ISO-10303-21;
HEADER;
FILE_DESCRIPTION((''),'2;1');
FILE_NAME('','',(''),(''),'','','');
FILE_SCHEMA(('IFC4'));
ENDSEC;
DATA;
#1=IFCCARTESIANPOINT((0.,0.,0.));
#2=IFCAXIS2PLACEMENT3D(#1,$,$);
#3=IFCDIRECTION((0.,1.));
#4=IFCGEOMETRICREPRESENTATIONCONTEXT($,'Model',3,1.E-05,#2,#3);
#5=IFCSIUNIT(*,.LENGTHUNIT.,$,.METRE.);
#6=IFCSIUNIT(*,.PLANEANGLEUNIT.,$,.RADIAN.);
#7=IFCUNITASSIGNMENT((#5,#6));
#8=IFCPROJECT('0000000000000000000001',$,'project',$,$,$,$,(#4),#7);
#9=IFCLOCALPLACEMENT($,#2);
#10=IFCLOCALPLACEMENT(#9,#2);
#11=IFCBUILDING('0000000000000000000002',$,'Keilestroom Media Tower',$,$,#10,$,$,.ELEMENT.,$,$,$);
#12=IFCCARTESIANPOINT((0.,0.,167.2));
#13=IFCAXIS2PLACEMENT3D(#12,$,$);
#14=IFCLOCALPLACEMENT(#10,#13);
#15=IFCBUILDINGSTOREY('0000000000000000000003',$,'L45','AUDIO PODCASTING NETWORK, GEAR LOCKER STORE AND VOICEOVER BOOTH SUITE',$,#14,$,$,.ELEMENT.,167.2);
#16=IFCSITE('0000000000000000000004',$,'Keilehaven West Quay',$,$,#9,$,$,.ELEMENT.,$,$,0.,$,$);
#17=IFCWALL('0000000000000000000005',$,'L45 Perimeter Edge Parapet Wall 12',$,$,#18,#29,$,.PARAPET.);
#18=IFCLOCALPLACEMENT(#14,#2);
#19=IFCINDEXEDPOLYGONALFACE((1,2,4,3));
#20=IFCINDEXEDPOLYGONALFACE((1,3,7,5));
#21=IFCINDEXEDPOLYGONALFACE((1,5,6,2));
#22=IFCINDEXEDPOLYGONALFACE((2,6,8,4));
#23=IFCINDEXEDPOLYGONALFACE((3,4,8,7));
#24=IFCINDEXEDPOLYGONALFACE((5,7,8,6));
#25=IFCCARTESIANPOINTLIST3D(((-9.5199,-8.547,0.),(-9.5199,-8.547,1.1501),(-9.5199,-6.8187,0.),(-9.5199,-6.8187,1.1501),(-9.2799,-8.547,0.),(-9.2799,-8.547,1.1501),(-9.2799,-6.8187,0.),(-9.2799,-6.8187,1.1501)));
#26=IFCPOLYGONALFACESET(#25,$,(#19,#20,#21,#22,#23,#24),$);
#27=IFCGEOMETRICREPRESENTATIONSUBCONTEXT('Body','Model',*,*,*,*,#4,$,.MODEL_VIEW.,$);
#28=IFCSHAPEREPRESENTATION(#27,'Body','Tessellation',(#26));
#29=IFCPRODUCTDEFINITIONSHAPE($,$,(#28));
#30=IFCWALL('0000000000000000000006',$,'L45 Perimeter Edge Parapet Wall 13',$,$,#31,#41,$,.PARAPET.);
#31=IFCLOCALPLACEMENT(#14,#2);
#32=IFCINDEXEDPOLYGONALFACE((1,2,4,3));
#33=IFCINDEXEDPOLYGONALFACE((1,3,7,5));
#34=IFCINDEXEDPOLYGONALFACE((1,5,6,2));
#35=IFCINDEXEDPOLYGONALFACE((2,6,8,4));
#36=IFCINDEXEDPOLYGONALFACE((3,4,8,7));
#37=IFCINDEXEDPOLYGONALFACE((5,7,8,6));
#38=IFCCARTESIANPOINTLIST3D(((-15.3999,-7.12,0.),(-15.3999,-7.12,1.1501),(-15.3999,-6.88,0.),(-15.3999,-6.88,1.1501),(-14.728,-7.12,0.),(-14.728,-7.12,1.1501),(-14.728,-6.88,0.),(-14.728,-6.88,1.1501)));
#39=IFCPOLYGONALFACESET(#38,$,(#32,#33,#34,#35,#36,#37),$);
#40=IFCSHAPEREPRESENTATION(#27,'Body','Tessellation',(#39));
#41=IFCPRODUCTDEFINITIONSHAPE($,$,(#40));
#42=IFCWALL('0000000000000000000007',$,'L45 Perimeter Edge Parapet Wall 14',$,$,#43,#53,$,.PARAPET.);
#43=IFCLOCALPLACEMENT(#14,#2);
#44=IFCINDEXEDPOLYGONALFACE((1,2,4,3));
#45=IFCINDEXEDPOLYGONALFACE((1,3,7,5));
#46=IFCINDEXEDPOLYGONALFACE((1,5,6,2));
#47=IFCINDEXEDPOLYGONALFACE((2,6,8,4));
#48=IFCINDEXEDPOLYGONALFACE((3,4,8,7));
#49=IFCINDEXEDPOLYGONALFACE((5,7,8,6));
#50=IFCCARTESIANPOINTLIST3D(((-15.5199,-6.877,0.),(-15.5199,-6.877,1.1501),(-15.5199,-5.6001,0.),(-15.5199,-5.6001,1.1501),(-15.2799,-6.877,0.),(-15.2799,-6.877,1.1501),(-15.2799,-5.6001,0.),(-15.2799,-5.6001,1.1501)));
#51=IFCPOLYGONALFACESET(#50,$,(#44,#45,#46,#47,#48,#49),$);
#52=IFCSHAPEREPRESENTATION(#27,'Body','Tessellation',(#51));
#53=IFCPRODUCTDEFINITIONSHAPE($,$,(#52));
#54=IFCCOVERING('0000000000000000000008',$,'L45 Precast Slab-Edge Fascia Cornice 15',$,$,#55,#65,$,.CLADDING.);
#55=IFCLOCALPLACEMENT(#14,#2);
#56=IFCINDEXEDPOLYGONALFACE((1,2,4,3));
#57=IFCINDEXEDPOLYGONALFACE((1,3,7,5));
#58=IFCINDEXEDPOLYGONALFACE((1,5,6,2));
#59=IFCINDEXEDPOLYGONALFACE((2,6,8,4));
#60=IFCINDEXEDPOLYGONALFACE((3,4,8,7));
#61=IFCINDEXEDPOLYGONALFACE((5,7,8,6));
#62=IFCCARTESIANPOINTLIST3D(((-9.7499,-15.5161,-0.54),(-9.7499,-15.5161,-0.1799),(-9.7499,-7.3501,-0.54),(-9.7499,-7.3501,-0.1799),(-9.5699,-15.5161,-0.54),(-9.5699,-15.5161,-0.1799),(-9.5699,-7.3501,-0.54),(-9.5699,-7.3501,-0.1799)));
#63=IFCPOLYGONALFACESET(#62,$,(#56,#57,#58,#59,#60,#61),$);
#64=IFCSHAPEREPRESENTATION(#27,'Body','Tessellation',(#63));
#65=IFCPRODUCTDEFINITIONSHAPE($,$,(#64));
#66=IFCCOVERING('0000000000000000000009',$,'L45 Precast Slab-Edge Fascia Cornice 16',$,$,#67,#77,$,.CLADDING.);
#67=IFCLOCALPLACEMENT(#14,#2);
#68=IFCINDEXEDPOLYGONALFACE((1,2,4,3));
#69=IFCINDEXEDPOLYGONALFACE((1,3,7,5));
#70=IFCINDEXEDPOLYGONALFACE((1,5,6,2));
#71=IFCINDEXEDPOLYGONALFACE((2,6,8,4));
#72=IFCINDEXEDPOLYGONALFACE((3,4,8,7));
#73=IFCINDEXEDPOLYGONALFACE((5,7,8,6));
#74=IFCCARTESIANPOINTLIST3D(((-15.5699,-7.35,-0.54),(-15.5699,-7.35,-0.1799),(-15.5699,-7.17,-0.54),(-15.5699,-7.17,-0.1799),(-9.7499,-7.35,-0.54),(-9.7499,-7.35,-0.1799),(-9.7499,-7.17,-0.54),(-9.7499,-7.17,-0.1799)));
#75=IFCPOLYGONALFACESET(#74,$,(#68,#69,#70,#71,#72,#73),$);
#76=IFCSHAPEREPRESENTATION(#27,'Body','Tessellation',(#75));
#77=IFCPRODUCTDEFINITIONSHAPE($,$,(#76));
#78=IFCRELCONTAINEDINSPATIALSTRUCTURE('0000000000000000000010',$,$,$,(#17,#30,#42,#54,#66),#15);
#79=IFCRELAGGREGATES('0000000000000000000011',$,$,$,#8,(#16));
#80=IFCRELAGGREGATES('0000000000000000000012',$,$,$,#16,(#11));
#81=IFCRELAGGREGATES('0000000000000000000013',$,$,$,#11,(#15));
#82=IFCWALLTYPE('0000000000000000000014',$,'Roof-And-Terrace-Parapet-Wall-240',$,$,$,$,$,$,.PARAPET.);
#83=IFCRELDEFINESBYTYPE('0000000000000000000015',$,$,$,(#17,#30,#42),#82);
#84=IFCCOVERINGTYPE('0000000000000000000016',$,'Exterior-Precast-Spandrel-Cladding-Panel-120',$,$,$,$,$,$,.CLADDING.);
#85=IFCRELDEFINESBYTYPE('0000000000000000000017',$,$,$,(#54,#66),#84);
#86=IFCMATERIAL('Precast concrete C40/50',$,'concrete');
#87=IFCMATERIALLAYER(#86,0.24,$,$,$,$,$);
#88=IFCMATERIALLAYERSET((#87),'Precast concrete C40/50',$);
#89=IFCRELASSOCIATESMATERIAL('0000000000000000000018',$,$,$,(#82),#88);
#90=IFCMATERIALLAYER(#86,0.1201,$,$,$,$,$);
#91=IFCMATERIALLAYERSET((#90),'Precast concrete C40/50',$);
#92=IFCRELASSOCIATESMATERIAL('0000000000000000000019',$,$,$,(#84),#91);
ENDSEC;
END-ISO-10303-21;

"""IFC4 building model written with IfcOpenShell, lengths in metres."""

from ifc_helpers import new_model, si_unit, direction, frame, frame_2d, origin, origin_2d, place, context, subcontext, project, spatial, rectangle, extrude, source, transform, mapped, material, layer, layer_set, type_object, element, save


model = new_model("IFC4")

# Units and contexts
model_context = context("Model", 3, precision=1e-05, world=origin(), true_north=direction((0.0, 1.0)))
body_context = subcontext(model_context, "Body", "Model", "MODEL_VIEW")
ifc_project = project(units=[si_unit("LENGTHUNIT", "METRE"), si_unit("PLANEANGLEUNIT", "RADIAN")], contexts=[model_context])

# Site, building, storey
site_placement = place(None, origin())
site = spatial("IfcSite", under=ifc_project, at=site_placement, Name="Keilehaven West Quay", CompositionType="ELEMENT", RefElevation=0.0)
building_placement = place(site_placement, origin())
building = spatial("IfcBuilding", under=site, at=building_placement, Name="Keilestroom Media Tower", CompositionType="ELEMENT")
storey_placement = place(building_placement, frame((0.0, 0.0, 167.2)))
storey = spatial("IfcBuildingStorey", under=building, at=storey_placement, Name="L45", Description="AUDIO PODCASTING NETWORK, GEAR LOCKER STORE AND VOICEOVER BOOTH SUITE", CompositionType="ELEMENT", Elevation=167.2)

# Shared definitions
ifc_material_1 = material(Name="Precast concrete C40/50", Category="concrete")

# Walls
ifc_layer_1 = layer(ifc_material_1, 0.24)
ifc_layer_set_1 = layer_set([ifc_layer_1], Name="Precast concrete C40/50")
wall_type_1 = type_object("IfcWallType", Name="Roof-And-Terrace-Parapet-Wall-240", PredefinedType="PARAPET", material=ifc_layer_set_1)
wall_1_placement = place(storey_placement, frame((-9.3999, -8.5471, 0.0), z_axis=(0.0, 0.0, 1.0), x_axis=(0.0, 1.0, 0.0)))
element("IfcWall", 1, at=wall_1_placement, inside=storey, type_object=wall_type_1, Name="L45 Perimeter Edge Parapet Wall 12", PredefinedType="PARAPET", context=body_context, shape_type="SweptSolid", body=[
    extrude(rectangle(XDim=1.7283, YDim=0.24, at=frame_2d((0.8643, 0.0))), origin(), (0.0, 0.0, 1.0), 1.1501),
])
wall_2_placement = place(storey_placement, frame((-14.728, -7.0, 0.0), z_axis=(0.0, 0.0, 1.0), x_axis=(-1.0, 0.0, 0.0)))
element("IfcWall", 2, at=wall_2_placement, inside=storey, type_object=wall_type_1, Name="L45 Perimeter Edge Parapet Wall 13", PredefinedType="PARAPET", context=body_context, shape_type="SweptSolid", body=[
    extrude(rectangle(XDim=0.6719, YDim=0.24, at=frame_2d((0.3359, 0.0))), origin(), (0.0, 0.0, 1.0), 1.1501),
])
wall_3_placement = place(storey_placement, frame((-15.3999, -6.877, 0.0), z_axis=(0.0, 0.0, 1.0), x_axis=(0.0, 1.0, 0.0)))
element("IfcWall", 3, at=wall_3_placement, inside=storey, type_object=wall_type_1, Name="L45 Perimeter Edge Parapet Wall 14", PredefinedType="PARAPET", context=body_context, shape_type="SweptSolid", body=[
    extrude(rectangle(XDim=1.2769, YDim=0.24, at=frame_2d((0.6384, 0.0))), origin(), (0.0, 0.0, 1.0), 1.1501),
])

# Coverings
ifc_layer_2 = layer(ifc_material_1, 0.1201)
ifc_layer_set_2 = layer_set([ifc_layer_2], Name="Precast concrete C40/50")
covering_type = type_object("IfcCoveringType", Name="Exterior-Precast-Spandrel-Cladding-Panel-120", PredefinedType="CLADDING", material=ifc_layer_set_2)
shared_shape_1 = source(origin(), body_context, "Body", "SweptSolid", [
    extrude(rectangle(XDim=8.166, YDim=0.1799, at=origin_2d()), origin(), (0.0, 0.0, 1.0), 0.3601),
])
covering_1_placement = place(storey_placement, frame((-9.6599, -11.4331, -0.54), z_axis=(0.0, 0.0, 1.0), x_axis=(0.0, 1.0, 0.0)))
element("IfcCovering", 4, at=covering_1_placement, inside=storey, type_object=covering_type, Name="L45 Precast Slab-Edge Fascia Cornice 15", PredefinedType="CLADDING", context=body_context, shape_type="MappedRepresentation", body=[
    mapped(shared_shape_1, transform((0.0, 0.0, 0.0), x_axis=(1.0, 0.0, 0.0), y_axis=(0.0, 1.0, 0.0), z_axis=(0.0, 0.0, 1.0), scale=1.0)),
])
shared_shape_2 = source(origin(), body_context, "Body", "SweptSolid", [
    extrude(rectangle(XDim=5.8201, YDim=0.1799, at=origin_2d()), origin(), (0.0, 0.0, 1.0), 0.3601),
])
covering_2_placement = place(storey_placement, frame((-12.6599, -7.26, -0.54), z_axis=(0.0, 0.0, 1.0), x_axis=(-1.0, 0.0, 0.0)))
element("IfcCovering", 5, at=covering_2_placement, inside=storey, type_object=covering_type, Name="L45 Precast Slab-Edge Fascia Cornice 16", PredefinedType="CLADDING", context=body_context, shape_type="MappedRepresentation", body=[
    mapped(shared_shape_2, transform((0.0, 0.0, 0.0), x_axis=(1.0, 0.0, 0.0), y_axis=(0.0, 1.0, 0.0), z_axis=(0.0, 0.0, 1.0), scale=1.0)),
])

save(model, "model.ifc")
